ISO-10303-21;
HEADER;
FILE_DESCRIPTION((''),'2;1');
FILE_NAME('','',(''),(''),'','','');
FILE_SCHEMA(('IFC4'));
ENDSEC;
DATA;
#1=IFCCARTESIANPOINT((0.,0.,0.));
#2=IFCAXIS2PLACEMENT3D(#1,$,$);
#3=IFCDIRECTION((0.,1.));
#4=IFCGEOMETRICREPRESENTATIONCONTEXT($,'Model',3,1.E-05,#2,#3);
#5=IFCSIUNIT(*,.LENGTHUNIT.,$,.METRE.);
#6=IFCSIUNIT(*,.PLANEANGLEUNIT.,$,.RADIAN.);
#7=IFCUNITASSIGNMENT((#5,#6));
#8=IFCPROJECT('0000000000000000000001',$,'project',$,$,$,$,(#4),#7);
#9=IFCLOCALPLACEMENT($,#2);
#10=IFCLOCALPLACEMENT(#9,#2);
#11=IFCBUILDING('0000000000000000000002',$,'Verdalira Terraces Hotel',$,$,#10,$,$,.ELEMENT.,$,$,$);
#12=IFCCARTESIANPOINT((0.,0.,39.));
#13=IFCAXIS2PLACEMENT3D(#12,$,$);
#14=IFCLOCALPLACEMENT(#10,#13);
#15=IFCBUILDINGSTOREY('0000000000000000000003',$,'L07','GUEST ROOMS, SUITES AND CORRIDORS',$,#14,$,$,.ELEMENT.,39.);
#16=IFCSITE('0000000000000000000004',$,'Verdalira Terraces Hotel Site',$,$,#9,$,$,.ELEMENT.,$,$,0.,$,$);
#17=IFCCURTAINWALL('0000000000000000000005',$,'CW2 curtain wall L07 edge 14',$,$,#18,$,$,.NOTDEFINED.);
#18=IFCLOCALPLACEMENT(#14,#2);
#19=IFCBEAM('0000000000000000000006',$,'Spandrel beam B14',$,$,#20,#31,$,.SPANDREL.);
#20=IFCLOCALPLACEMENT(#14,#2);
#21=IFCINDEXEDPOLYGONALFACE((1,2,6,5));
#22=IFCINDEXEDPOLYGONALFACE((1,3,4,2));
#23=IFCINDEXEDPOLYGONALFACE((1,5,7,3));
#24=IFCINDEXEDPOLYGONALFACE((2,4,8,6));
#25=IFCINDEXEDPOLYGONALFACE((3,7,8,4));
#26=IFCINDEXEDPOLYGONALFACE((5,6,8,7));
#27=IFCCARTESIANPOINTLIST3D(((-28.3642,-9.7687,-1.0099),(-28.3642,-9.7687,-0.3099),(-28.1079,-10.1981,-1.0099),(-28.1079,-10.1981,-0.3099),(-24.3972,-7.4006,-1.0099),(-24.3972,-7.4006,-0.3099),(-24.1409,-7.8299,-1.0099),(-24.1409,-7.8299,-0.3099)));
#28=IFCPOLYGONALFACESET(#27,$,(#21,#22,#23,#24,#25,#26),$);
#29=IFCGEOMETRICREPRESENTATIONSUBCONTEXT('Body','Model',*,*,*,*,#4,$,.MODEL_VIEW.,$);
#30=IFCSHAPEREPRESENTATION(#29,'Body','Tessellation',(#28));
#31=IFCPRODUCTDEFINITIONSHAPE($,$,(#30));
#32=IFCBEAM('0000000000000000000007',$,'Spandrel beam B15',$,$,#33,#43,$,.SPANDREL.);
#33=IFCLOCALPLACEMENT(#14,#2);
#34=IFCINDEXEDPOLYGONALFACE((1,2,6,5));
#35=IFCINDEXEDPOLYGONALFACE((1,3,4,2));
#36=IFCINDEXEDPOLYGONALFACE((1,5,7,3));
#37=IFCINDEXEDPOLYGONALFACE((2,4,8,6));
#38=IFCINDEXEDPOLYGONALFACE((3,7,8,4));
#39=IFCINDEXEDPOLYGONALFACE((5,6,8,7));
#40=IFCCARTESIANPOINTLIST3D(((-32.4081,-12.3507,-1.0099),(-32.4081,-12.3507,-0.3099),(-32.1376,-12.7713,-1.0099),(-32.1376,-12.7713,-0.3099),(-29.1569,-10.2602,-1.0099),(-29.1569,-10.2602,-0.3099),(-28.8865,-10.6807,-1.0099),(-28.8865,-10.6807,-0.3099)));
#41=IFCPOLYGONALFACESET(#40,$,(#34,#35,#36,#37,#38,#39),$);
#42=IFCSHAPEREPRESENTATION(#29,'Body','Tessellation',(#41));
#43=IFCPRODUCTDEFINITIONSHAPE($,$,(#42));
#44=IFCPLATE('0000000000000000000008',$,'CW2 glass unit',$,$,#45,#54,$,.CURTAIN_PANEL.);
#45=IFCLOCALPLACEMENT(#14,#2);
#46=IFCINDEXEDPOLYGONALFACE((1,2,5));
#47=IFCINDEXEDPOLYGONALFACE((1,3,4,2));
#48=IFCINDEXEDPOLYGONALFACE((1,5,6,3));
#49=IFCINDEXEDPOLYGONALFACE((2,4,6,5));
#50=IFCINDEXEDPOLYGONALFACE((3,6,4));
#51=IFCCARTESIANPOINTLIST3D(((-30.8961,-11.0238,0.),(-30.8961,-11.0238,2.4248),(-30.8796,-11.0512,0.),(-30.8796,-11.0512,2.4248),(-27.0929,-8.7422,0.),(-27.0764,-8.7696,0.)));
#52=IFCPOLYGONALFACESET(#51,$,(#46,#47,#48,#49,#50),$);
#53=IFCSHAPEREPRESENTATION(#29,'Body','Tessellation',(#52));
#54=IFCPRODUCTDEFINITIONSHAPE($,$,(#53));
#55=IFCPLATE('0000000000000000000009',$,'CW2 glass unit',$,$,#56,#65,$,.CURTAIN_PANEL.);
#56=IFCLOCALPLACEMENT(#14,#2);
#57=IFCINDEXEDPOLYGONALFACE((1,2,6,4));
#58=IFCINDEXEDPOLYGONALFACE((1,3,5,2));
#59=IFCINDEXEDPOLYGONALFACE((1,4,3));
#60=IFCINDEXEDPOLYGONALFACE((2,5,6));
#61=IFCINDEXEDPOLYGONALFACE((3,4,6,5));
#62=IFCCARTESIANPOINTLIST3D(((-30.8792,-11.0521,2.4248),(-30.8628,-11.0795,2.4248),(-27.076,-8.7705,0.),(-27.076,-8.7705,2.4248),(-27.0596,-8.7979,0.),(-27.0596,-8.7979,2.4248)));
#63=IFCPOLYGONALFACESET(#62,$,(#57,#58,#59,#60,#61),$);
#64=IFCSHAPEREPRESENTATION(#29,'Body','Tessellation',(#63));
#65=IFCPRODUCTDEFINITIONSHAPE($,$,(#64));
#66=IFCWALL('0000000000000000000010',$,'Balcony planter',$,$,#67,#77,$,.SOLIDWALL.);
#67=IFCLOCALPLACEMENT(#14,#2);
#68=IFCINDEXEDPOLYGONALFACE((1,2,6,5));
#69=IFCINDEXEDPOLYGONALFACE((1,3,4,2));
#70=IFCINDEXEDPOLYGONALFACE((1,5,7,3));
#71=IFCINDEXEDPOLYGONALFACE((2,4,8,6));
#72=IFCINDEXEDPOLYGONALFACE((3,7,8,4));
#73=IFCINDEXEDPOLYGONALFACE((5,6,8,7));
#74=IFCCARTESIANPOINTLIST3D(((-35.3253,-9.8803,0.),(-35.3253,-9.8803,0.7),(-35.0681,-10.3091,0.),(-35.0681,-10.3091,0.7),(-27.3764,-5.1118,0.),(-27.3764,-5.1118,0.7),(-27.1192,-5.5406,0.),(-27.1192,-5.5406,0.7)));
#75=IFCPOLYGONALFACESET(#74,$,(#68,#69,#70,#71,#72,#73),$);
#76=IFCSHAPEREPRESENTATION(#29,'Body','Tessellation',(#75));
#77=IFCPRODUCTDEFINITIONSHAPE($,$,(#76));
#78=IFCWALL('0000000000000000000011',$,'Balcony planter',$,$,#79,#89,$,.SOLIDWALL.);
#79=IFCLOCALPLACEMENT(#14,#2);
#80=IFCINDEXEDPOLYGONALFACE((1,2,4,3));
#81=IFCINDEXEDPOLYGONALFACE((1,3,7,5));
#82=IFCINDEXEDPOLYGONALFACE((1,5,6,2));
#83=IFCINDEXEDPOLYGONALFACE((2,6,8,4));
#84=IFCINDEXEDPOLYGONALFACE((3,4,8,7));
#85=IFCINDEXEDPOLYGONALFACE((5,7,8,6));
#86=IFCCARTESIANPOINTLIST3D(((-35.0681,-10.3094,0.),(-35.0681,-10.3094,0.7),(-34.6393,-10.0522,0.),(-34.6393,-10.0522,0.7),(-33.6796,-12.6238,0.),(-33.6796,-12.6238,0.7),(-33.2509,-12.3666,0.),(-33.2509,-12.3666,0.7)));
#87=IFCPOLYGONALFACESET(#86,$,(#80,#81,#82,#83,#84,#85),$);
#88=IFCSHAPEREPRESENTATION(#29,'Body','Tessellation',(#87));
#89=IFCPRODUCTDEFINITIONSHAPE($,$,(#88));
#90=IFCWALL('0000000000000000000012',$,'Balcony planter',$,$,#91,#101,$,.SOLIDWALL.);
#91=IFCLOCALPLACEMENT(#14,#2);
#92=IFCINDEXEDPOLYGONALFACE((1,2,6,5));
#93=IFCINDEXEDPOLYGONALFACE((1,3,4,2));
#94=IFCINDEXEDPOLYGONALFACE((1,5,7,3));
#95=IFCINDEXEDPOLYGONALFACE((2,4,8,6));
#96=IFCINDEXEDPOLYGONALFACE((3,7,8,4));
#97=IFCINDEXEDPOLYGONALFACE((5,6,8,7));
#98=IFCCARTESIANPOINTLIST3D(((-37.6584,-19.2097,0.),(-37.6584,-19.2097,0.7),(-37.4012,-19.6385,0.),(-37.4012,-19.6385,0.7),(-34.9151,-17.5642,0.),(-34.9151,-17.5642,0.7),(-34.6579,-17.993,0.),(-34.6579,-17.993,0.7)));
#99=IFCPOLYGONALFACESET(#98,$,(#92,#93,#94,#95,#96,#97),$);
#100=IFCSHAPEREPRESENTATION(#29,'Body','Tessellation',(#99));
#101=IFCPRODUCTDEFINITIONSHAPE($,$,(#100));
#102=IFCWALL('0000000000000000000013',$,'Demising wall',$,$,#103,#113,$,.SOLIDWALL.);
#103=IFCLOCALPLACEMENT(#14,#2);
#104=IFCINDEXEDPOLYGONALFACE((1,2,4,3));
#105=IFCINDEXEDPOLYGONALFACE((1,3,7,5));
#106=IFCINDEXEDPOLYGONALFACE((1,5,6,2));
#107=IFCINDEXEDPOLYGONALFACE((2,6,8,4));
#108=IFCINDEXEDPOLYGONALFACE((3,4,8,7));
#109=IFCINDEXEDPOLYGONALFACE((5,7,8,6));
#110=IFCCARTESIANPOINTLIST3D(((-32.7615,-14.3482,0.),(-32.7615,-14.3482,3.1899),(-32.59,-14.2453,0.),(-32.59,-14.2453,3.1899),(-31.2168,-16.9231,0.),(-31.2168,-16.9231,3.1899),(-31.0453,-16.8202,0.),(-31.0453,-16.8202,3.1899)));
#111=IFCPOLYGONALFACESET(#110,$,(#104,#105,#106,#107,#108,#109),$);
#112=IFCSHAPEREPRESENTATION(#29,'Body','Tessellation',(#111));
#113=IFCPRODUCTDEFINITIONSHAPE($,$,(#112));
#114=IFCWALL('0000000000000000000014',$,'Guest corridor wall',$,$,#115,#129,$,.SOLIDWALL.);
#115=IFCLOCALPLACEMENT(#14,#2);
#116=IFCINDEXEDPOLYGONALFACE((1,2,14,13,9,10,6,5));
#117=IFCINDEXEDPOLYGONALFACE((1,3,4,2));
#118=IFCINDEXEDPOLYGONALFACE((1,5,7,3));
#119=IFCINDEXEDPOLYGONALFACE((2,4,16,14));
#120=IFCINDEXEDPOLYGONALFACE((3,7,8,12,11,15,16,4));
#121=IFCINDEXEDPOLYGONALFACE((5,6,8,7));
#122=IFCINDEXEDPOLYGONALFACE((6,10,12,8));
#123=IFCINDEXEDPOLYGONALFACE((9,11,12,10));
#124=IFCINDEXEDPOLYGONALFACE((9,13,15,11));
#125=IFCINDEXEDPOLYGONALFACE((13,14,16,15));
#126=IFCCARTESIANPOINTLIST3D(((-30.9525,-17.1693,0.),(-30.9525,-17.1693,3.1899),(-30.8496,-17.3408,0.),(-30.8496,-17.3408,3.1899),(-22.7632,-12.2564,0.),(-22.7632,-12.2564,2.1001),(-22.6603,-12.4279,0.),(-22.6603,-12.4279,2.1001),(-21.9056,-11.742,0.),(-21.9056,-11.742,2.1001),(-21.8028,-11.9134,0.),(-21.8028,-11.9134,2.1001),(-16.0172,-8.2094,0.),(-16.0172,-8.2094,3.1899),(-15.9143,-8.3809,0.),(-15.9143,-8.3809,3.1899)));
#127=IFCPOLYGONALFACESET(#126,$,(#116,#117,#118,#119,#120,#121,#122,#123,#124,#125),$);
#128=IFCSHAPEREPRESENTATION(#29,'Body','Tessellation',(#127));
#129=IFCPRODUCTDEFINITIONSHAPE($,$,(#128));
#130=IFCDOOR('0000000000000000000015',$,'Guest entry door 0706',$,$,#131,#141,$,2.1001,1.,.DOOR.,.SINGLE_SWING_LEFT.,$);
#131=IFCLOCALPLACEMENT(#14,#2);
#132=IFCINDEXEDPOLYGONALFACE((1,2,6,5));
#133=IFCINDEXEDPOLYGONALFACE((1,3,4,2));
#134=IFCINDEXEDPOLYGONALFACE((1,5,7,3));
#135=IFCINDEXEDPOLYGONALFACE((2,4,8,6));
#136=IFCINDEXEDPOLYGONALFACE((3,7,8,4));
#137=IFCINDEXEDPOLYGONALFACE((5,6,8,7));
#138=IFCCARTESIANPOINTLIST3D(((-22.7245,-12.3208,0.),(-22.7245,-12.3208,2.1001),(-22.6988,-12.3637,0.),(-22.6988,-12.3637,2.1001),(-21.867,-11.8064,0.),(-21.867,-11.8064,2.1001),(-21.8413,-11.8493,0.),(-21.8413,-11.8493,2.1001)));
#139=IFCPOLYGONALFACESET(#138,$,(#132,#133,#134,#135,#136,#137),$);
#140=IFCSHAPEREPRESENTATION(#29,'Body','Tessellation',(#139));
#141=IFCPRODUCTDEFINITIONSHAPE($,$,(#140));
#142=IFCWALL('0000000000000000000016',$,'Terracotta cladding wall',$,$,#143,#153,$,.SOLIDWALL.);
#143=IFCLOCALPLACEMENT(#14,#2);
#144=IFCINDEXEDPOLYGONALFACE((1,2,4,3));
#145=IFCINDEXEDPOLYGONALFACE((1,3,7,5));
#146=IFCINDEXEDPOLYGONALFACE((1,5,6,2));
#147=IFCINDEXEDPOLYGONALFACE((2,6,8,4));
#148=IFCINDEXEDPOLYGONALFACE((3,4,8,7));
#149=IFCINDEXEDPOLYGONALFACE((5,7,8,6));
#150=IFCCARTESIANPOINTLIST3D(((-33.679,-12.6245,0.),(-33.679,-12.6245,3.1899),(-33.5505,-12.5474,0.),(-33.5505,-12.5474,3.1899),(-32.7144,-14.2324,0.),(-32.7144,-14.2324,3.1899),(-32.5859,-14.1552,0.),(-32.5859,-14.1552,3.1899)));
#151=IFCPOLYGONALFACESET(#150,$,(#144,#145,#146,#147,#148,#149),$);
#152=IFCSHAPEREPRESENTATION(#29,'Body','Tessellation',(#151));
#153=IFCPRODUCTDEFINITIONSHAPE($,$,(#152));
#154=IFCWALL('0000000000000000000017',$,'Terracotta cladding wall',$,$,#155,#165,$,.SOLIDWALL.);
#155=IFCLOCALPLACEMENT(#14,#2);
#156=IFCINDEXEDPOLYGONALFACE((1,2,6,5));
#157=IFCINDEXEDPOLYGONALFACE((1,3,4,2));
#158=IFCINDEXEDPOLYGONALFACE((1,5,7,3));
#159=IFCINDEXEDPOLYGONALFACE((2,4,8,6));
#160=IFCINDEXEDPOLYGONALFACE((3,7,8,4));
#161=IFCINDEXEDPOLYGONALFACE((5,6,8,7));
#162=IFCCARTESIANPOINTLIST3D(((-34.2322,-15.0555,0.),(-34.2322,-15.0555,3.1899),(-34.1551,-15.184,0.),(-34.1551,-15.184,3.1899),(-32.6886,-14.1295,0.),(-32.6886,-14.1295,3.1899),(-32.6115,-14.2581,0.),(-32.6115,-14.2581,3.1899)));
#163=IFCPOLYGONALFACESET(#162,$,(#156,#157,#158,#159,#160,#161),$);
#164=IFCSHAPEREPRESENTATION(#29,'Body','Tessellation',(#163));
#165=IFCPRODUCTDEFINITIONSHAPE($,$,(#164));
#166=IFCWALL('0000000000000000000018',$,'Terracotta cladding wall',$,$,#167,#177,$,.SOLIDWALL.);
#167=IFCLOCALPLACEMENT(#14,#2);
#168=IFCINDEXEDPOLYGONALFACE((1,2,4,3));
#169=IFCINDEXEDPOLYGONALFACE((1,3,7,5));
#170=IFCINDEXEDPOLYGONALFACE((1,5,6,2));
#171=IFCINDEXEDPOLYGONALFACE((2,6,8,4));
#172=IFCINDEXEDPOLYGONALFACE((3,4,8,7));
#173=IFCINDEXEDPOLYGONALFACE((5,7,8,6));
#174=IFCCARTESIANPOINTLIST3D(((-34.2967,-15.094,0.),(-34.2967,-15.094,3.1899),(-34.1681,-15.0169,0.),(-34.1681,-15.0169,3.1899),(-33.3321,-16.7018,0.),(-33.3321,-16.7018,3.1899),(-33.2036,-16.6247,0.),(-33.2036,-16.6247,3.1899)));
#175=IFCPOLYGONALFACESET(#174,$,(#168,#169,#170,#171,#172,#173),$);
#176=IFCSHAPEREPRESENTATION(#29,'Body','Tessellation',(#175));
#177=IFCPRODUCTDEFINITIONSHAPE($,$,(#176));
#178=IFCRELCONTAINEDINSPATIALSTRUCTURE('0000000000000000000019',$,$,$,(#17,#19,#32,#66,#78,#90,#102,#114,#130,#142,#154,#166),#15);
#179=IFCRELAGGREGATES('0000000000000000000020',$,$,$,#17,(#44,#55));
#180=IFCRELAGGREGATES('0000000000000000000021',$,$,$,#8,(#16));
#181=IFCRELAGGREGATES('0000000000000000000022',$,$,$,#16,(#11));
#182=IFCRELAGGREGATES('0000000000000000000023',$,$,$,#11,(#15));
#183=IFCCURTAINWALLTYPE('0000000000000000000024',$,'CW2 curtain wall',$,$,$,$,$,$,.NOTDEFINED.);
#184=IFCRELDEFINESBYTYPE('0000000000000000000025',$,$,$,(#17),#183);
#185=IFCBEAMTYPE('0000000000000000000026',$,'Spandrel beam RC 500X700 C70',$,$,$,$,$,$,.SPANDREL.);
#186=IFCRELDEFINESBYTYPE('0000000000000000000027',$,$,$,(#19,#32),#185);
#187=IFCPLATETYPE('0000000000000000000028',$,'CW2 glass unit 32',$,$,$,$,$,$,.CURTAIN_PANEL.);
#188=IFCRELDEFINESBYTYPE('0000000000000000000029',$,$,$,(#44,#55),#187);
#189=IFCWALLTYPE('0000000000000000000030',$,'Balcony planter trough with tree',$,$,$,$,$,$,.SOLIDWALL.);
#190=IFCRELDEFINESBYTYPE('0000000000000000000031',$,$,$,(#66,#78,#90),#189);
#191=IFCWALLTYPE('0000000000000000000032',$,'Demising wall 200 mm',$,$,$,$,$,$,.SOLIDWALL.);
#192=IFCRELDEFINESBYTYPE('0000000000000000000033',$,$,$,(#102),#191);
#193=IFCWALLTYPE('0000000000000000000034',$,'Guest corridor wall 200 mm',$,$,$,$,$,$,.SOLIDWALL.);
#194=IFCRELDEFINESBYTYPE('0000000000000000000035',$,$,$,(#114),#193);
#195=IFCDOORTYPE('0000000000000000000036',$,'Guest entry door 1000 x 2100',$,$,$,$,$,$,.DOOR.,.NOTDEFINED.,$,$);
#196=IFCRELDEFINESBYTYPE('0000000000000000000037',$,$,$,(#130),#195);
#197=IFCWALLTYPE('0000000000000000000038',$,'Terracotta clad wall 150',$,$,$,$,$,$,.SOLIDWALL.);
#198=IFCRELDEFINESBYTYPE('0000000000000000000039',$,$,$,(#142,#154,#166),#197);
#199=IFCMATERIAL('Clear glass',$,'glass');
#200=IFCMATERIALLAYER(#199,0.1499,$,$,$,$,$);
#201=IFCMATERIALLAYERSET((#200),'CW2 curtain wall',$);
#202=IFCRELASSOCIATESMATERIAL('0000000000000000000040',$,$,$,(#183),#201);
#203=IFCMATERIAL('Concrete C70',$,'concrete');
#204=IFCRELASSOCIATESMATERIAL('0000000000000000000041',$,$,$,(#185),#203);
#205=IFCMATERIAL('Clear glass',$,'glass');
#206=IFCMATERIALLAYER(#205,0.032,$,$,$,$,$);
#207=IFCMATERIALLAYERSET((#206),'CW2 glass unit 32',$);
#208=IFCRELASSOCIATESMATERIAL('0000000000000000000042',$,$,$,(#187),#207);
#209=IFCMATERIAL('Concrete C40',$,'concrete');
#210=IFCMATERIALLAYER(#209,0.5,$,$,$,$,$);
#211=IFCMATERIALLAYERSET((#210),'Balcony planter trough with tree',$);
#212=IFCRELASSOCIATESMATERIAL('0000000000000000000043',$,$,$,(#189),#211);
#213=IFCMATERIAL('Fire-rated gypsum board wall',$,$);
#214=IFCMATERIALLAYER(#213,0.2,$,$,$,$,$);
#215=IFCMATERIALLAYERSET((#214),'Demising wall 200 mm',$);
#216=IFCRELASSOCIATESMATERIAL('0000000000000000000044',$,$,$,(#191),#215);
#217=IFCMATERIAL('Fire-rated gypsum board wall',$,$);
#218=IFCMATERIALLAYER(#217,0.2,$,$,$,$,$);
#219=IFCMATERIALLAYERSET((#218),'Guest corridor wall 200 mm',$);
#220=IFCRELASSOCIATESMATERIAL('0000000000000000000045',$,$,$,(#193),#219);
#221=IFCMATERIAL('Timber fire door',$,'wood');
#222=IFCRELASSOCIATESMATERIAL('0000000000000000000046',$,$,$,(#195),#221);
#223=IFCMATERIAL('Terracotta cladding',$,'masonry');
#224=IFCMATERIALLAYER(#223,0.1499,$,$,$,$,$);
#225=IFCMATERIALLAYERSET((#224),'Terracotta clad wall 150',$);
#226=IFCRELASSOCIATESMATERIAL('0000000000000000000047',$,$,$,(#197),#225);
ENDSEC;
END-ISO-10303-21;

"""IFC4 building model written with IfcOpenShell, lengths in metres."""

from ifc_helpers import new_model, si_unit, direction, frame, frame_2d, origin, origin_2d, place, context, subcontext, project, spatial, polyline, rectangle, outline, extrude, material, layer, layer_set, material_profile, profile_set, type_object, element, fill, aggregate, save


model = new_model("IFC4")

# Units and contexts
model_context = context("Model", 3, precision=1e-05, world=origin(), true_north=direction((0.0, 1.0)))
body_context = subcontext(model_context, "Body", "Model", "MODEL_VIEW")
ifc_project = project(units=[si_unit("LENGTHUNIT", "METRE"), si_unit("PLANEANGLEUNIT", "RADIAN")], contexts=[model_context])

# Site, building, storey
site_placement = place(None, origin())
site = spatial("IfcSite", under=ifc_project, at=site_placement, Name="Verdalira Terraces Hotel Site", CompositionType="ELEMENT", RefElevation=0.0)
building_placement = place(site_placement, origin())
building = spatial("IfcBuilding", under=site, at=building_placement, Name="Verdalira Terraces Hotel", CompositionType="ELEMENT")
storey_placement = place(building_placement, frame((0.0, 0.0, 39.0)))
storey = spatial("IfcBuildingStorey", under=building, at=storey_placement, Name="L07", Description="GUEST ROOMS, SUITES AND CORRIDORS", CompositionType="ELEMENT", Elevation=39.0)

# Curtain wall
ifc_material_1 = material(Name="Clear glass", Category="glass")
ifc_layer_1 = layer(ifc_material_1, 0.1499)
ifc_layer_set_1 = layer_set([ifc_layer_1], Name="CW2 curtain wall")
curtain_wall_type_1 = type_object("IfcCurtainWallType", Name="CW2 curtain wall", PredefinedType="NOTDEFINED", material=ifc_layer_set_1)
curtain_wall_1_placement = place(storey_placement, origin())
curtain_wall_1 = element("IfcCurtainWall", 1, at=curtain_wall_1_placement, inside=storey, type_object=curtain_wall_type_1, Name="CW2 curtain wall L07 edge 14", PredefinedType="NOTDEFINED")

# Beams
ifc_material_2 = material(Name="Concrete C70", Category="concrete")
ifc_material_profile_1 = material_profile(ifc_material_2, rectangle(XDim=0.5, YDim=0.7, at=origin_2d()), Name="RC 500X700")
ifc_profile_set_1 = profile_set([ifc_material_profile_1], Name="Concrete C70")
beam_type_1 = type_object("IfcBeamType", Name="Spandrel beam RC 500X700 C70", PredefinedType="SPANDREL", material=ifc_profile_set_1)
beam_1_placement = place(storey_placement, frame((-24.269, -7.6152, -0.6599), z_axis=(-0.858642, -0.512575, 0.0), x_axis=(0.512575, -0.858642, 0.0)))
element("IfcBeam", 2, at=beam_1_placement, inside=storey, type_object=beam_type_1, Name="Spandrel beam B14", PredefinedType="SPANDREL", context=body_context, shape_type="SweptSolid", body=[
    extrude(rectangle(XDim=0.5, YDim=0.7, at=origin_2d()), origin(), (0.0, 0.0, 1.0), 4.6201),
])
beam_2_placement = place(storey_placement, frame((-29.0217, -10.4705, -0.6599), z_axis=(-0.841119, -0.54085, 0.0), x_axis=(0.54085, -0.841119, 0.0)))
element("IfcBeam", 3, at=beam_2_placement, inside=storey, type_object=beam_type_1, Name="Spandrel beam B15", PredefinedType="SPANDREL", context=body_context, shape_type="SweptSolid", body=[
    extrude(rectangle(XDim=0.5, YDim=0.7, at=origin_2d()), origin(), (0.0, 0.0, 1.0), 3.8652),
])

# Plates
ifc_material_3 = material(Name="Clear glass", Category="glass")
ifc_layer_2 = layer(ifc_material_3, 0.032)
ifc_layer_set_2 = layer_set([ifc_layer_2], Name="CW2 glass unit 32")
plate_type = type_object("IfcPlateType", Name="CW2 glass unit 32", PredefinedType="CURTAIN_PANEL", material=ifc_layer_set_2)
plate_1_placement = place(storey_placement, frame((-28.978, -9.9104, 1.2124), z_axis=(-0.51444, 0.857527, 0.0), x_axis=(-0.857527, -0.51444, 0.0)))
plate_1 = element("IfcPlate", 4, at=plate_1_placement, type_object=plate_type, Name="CW2 glass unit", PredefinedType="CURTAIN_PANEL", context=body_context, shape_type="SweptSolid", body=[
    extrude(outline(polyline([(-2.2175, -1.2124), (2.2175, -1.2124), (2.2175, 1.2124), (-2.2175, -1.2124)])), origin(), (0.0, 0.0, 1.0), 0.032),
])
plate_2_placement = place(storey_placement, frame((-28.9612, -9.9387, 1.2124), z_axis=(-0.51444, 0.857527, 0.0), x_axis=(-0.857527, -0.51444, 0.0)))
plate_2 = element("IfcPlate", 5, at=plate_2_placement, type_object=plate_type, Name="CW2 glass unit", PredefinedType="CURTAIN_PANEL", context=body_context, shape_type="SweptSolid", body=[
    extrude(outline(polyline([(-2.2175, -1.2124), (2.2175, 1.2124), (-2.2175, 1.2124), (-2.2175, -1.2124)])), origin(), (0.0, 0.0, 1.0), 0.032),
])
aggregate(curtain_wall_1, [plate_1, plate_2])

# Walls
ifc_material_4 = material(Name="Concrete C40", Category="concrete")
ifc_layer_3 = layer(ifc_material_4, 0.5)
ifc_layer_set_3 = layer_set([ifc_layer_3], Name="Balcony planter trough with tree")
wall_type_1 = type_object("IfcWallType", Name="Balcony planter trough with tree", PredefinedType="SOLIDWALL", material=ifc_layer_set_3)
wall_1_placement = place(storey_placement, frame((-27.2478, -5.3262, 0.0), z_axis=(0.0, 0.0, 1.0), x_axis=(-0.857532, -0.51443, 0.0)))
element("IfcWall", 6, at=wall_1_placement, inside=storey, type_object=wall_type_1, Name="Balcony planter", PredefinedType="SOLIDWALL", context=body_context, shape_type="SweptSolid", body=[
    extrude(rectangle(XDim=9.2695, YDim=0.5, at=frame_2d((4.6348, 0.0))), origin(), (0.0, 0.0, 1.0), 0.7),
])
wall_2_placement = place(storey_placement, frame((-34.8538, -10.1807, 0.0), z_axis=(0.0, 0.0, 1.0), x_axis=(0.514429, -0.857533, 0.0)))
element("IfcWall", 7, at=wall_2_placement, inside=storey, type_object=wall_type_1, Name="Balcony planter", PredefinedType="SOLIDWALL", context=body_context, shape_type="SweptSolid", body=[
    extrude(rectangle(XDim=2.699, YDim=0.5, at=frame_2d((1.3496, 0.0))), origin(), (0.0, 0.0, 1.0), 0.7),
])
wall_3_placement = place(storey_placement, frame((-34.7864, -17.7786, 0.0), z_axis=(0.0, 0.0, 1.0), x_axis=(-0.857567, -0.514372, 0.0)))
element("IfcWall", 8, at=wall_3_placement, inside=storey, type_object=wall_type_1, Name="Balcony planter", PredefinedType="SOLIDWALL", context=body_context, shape_type="SweptSolid", body=[
    extrude(rectangle(XDim=3.199, YDim=0.5, at=frame_2d((1.5996, 0.0))), origin(), (0.0, 0.0, 1.0), 0.7),
])
ifc_material_5 = material(Name="Fire-rated gypsum board wall")
ifc_layer_4 = layer(ifc_material_5, 0.2)
ifc_layer_set_4 = layer_set([ifc_layer_4], Name="Demising wall 200 mm")
wall_type_2 = type_object("IfcWallType", Name="Demising wall 200 mm", PredefinedType="SOLIDWALL", material=ifc_layer_set_4)
wall_4_placement = place(storey_placement, frame((-32.6758, -14.2966, 0.0), z_axis=(0.0, 0.0, 1.0), x_axis=(0.514424, -0.857536, 0.0)))
element("IfcWall", 9, at=wall_4_placement, inside=storey, type_object=wall_type_2, Name="Demising wall", PredefinedType="SOLIDWALL", context=body_context, shape_type="SweptSolid", body=[
    extrude(rectangle(XDim=3.0027, YDim=0.2, at=frame_2d((1.5015, 0.0))), origin(), (0.0, 0.0, 1.0), 3.1899),
])

# Wall, opening, door
ifc_material_6 = material(Name="Fire-rated gypsum board wall")
ifc_layer_5 = layer(ifc_material_6, 0.2)
ifc_layer_set_5 = layer_set([ifc_layer_5], Name="Guest corridor wall 200 mm")
wall_type_3 = type_object("IfcWallType", Name="Guest corridor wall 200 mm", PredefinedType="SOLIDWALL", material=ifc_layer_set_5)
wall_5_placement = place(storey_placement, frame((-30.9011, -17.2551, 0.0), z_axis=(0.0, 0.0, 1.0), x_axis=(0.857524, 0.514444, 0.0)))
wall_5 = element("IfcWall", 10, at=wall_5_placement, inside=storey, type_object=wall_type_3, Name="Guest corridor wall", PredefinedType="SOLIDWALL", context=body_context, shape_type="SweptSolid", body=[
    extrude(rectangle(XDim=17.4167, YDim=0.2, at=frame_2d((8.7085, 0.0))), origin(), (0.0, 0.0, 1.0), 3.1899),
])
opening_1_placement = place(wall_5_placement, frame((9.55, 0.0, 0.0)))
opening_1 = element("IfcOpeningElement", 11, at=opening_1_placement, cuts=wall_5, PredefinedType="OPENING", context=body_context, shape_type="SweptSolid", body=[
    extrude(rectangle(XDim=1.0, YDim=2.1001, at=frame_2d((0.5, 1.05))), frame((0.0, 0.1099, 0.0), z_axis=(0.0, -1.0, 0.0), x_axis=(1.0, 0.0, 0.0)), (0.0, 0.0, 1.0), 0.22),
])
ifc_material_7 = material(Name="Timber fire door", Category="wood")
door_type_1 = type_object("IfcDoorType", Name="Guest entry door 1000 x 2100", OperationType="NOTDEFINED", PredefinedType="DOOR", material=ifc_material_7)
door_1_placement = place(opening_1_placement, origin())
door_1 = element("IfcDoor", 12, at=door_1_placement, inside=storey, type_object=door_type_1, Name="Guest entry door 0706", OperationType="SINGLE_SWING_LEFT", OverallHeight=2.1001, OverallWidth=1.0, PredefinedType="DOOR", context=body_context, shape_type="SweptSolid", body=[
    extrude(rectangle(XDim=1.0, YDim=2.1001, at=frame_2d((0.5, 1.05))), frame((0.0, 0.0249, 0.0), z_axis=(0.0, -1.0, 0.0), x_axis=(1.0, 0.0, 0.0)), (0.0, 0.0, 1.0), 0.05),
])
fill(opening_1, door_1)

# Walls
ifc_material_8 = material(Name="Terracotta cladding", Category="masonry")
ifc_layer_6 = layer(ifc_material_8, 0.1499)
ifc_layer_set_6 = layer_set([ifc_layer_6], Name="Terracotta clad wall 150")
wall_type_4 = type_object("IfcWallType", Name="Terracotta clad wall 150", PredefinedType="SOLIDWALL", material=ifc_layer_set_6)
wall_6_placement = place(storey_placement, frame((-33.6147, -12.5859, 0.0), z_axis=(0.0, 0.0, 1.0), x_axis=(0.514438, -0.857527, 0.0)))
element("IfcWall", 13, at=wall_6_placement, inside=storey, type_object=wall_type_4, Name="Terracotta cladding wall", PredefinedType="SOLIDWALL", context=body_context, shape_type="SweptSolid", body=[
    extrude(rectangle(XDim=1.875, YDim=0.1499, at=frame_2d((0.9375, 0.0))), origin(), (0.0, 0.0, 1.0), 3.1899),
])
wall_7_placement = place(storey_placement, frame((-32.6501, -14.1938, 0.0), z_axis=(0.0, 0.0, 1.0), x_axis=(-0.857541, -0.514416, 0.0)))
element("IfcWall", 14, at=wall_7_placement, inside=storey, type_object=wall_type_4, Name="Terracotta cladding wall", PredefinedType="SOLIDWALL", context=body_context, shape_type="SweptSolid", body=[
    extrude(rectangle(XDim=1.8, YDim=0.1499, at=frame_2d((0.8999, 0.0))), origin(), (0.0, 0.0, 1.0), 3.1899),
])
for number, where, z_axis, x_axis, name in (
    (15, (-34.2324, -15.0554, 0.0), (0.0, 0.0, 1.0), (0.514438, -0.857527, 0.0), "Terracotta cladding wall"),
):
    element("IfcWall", number, at=place(storey_placement, frame(where, z_axis=z_axis, x_axis=x_axis)), inside=storey, type_object=wall_type_4, Name=name, PredefinedType="SOLIDWALL", context=body_context, shape_type="SweptSolid", body=[
        extrude(rectangle(XDim=1.875, YDim=0.1499, at=frame_2d((0.9375, 0.0))), origin(), (0.0, 0.0, 1.0), 3.1899),
    ])

save(model, "model.ifc")
